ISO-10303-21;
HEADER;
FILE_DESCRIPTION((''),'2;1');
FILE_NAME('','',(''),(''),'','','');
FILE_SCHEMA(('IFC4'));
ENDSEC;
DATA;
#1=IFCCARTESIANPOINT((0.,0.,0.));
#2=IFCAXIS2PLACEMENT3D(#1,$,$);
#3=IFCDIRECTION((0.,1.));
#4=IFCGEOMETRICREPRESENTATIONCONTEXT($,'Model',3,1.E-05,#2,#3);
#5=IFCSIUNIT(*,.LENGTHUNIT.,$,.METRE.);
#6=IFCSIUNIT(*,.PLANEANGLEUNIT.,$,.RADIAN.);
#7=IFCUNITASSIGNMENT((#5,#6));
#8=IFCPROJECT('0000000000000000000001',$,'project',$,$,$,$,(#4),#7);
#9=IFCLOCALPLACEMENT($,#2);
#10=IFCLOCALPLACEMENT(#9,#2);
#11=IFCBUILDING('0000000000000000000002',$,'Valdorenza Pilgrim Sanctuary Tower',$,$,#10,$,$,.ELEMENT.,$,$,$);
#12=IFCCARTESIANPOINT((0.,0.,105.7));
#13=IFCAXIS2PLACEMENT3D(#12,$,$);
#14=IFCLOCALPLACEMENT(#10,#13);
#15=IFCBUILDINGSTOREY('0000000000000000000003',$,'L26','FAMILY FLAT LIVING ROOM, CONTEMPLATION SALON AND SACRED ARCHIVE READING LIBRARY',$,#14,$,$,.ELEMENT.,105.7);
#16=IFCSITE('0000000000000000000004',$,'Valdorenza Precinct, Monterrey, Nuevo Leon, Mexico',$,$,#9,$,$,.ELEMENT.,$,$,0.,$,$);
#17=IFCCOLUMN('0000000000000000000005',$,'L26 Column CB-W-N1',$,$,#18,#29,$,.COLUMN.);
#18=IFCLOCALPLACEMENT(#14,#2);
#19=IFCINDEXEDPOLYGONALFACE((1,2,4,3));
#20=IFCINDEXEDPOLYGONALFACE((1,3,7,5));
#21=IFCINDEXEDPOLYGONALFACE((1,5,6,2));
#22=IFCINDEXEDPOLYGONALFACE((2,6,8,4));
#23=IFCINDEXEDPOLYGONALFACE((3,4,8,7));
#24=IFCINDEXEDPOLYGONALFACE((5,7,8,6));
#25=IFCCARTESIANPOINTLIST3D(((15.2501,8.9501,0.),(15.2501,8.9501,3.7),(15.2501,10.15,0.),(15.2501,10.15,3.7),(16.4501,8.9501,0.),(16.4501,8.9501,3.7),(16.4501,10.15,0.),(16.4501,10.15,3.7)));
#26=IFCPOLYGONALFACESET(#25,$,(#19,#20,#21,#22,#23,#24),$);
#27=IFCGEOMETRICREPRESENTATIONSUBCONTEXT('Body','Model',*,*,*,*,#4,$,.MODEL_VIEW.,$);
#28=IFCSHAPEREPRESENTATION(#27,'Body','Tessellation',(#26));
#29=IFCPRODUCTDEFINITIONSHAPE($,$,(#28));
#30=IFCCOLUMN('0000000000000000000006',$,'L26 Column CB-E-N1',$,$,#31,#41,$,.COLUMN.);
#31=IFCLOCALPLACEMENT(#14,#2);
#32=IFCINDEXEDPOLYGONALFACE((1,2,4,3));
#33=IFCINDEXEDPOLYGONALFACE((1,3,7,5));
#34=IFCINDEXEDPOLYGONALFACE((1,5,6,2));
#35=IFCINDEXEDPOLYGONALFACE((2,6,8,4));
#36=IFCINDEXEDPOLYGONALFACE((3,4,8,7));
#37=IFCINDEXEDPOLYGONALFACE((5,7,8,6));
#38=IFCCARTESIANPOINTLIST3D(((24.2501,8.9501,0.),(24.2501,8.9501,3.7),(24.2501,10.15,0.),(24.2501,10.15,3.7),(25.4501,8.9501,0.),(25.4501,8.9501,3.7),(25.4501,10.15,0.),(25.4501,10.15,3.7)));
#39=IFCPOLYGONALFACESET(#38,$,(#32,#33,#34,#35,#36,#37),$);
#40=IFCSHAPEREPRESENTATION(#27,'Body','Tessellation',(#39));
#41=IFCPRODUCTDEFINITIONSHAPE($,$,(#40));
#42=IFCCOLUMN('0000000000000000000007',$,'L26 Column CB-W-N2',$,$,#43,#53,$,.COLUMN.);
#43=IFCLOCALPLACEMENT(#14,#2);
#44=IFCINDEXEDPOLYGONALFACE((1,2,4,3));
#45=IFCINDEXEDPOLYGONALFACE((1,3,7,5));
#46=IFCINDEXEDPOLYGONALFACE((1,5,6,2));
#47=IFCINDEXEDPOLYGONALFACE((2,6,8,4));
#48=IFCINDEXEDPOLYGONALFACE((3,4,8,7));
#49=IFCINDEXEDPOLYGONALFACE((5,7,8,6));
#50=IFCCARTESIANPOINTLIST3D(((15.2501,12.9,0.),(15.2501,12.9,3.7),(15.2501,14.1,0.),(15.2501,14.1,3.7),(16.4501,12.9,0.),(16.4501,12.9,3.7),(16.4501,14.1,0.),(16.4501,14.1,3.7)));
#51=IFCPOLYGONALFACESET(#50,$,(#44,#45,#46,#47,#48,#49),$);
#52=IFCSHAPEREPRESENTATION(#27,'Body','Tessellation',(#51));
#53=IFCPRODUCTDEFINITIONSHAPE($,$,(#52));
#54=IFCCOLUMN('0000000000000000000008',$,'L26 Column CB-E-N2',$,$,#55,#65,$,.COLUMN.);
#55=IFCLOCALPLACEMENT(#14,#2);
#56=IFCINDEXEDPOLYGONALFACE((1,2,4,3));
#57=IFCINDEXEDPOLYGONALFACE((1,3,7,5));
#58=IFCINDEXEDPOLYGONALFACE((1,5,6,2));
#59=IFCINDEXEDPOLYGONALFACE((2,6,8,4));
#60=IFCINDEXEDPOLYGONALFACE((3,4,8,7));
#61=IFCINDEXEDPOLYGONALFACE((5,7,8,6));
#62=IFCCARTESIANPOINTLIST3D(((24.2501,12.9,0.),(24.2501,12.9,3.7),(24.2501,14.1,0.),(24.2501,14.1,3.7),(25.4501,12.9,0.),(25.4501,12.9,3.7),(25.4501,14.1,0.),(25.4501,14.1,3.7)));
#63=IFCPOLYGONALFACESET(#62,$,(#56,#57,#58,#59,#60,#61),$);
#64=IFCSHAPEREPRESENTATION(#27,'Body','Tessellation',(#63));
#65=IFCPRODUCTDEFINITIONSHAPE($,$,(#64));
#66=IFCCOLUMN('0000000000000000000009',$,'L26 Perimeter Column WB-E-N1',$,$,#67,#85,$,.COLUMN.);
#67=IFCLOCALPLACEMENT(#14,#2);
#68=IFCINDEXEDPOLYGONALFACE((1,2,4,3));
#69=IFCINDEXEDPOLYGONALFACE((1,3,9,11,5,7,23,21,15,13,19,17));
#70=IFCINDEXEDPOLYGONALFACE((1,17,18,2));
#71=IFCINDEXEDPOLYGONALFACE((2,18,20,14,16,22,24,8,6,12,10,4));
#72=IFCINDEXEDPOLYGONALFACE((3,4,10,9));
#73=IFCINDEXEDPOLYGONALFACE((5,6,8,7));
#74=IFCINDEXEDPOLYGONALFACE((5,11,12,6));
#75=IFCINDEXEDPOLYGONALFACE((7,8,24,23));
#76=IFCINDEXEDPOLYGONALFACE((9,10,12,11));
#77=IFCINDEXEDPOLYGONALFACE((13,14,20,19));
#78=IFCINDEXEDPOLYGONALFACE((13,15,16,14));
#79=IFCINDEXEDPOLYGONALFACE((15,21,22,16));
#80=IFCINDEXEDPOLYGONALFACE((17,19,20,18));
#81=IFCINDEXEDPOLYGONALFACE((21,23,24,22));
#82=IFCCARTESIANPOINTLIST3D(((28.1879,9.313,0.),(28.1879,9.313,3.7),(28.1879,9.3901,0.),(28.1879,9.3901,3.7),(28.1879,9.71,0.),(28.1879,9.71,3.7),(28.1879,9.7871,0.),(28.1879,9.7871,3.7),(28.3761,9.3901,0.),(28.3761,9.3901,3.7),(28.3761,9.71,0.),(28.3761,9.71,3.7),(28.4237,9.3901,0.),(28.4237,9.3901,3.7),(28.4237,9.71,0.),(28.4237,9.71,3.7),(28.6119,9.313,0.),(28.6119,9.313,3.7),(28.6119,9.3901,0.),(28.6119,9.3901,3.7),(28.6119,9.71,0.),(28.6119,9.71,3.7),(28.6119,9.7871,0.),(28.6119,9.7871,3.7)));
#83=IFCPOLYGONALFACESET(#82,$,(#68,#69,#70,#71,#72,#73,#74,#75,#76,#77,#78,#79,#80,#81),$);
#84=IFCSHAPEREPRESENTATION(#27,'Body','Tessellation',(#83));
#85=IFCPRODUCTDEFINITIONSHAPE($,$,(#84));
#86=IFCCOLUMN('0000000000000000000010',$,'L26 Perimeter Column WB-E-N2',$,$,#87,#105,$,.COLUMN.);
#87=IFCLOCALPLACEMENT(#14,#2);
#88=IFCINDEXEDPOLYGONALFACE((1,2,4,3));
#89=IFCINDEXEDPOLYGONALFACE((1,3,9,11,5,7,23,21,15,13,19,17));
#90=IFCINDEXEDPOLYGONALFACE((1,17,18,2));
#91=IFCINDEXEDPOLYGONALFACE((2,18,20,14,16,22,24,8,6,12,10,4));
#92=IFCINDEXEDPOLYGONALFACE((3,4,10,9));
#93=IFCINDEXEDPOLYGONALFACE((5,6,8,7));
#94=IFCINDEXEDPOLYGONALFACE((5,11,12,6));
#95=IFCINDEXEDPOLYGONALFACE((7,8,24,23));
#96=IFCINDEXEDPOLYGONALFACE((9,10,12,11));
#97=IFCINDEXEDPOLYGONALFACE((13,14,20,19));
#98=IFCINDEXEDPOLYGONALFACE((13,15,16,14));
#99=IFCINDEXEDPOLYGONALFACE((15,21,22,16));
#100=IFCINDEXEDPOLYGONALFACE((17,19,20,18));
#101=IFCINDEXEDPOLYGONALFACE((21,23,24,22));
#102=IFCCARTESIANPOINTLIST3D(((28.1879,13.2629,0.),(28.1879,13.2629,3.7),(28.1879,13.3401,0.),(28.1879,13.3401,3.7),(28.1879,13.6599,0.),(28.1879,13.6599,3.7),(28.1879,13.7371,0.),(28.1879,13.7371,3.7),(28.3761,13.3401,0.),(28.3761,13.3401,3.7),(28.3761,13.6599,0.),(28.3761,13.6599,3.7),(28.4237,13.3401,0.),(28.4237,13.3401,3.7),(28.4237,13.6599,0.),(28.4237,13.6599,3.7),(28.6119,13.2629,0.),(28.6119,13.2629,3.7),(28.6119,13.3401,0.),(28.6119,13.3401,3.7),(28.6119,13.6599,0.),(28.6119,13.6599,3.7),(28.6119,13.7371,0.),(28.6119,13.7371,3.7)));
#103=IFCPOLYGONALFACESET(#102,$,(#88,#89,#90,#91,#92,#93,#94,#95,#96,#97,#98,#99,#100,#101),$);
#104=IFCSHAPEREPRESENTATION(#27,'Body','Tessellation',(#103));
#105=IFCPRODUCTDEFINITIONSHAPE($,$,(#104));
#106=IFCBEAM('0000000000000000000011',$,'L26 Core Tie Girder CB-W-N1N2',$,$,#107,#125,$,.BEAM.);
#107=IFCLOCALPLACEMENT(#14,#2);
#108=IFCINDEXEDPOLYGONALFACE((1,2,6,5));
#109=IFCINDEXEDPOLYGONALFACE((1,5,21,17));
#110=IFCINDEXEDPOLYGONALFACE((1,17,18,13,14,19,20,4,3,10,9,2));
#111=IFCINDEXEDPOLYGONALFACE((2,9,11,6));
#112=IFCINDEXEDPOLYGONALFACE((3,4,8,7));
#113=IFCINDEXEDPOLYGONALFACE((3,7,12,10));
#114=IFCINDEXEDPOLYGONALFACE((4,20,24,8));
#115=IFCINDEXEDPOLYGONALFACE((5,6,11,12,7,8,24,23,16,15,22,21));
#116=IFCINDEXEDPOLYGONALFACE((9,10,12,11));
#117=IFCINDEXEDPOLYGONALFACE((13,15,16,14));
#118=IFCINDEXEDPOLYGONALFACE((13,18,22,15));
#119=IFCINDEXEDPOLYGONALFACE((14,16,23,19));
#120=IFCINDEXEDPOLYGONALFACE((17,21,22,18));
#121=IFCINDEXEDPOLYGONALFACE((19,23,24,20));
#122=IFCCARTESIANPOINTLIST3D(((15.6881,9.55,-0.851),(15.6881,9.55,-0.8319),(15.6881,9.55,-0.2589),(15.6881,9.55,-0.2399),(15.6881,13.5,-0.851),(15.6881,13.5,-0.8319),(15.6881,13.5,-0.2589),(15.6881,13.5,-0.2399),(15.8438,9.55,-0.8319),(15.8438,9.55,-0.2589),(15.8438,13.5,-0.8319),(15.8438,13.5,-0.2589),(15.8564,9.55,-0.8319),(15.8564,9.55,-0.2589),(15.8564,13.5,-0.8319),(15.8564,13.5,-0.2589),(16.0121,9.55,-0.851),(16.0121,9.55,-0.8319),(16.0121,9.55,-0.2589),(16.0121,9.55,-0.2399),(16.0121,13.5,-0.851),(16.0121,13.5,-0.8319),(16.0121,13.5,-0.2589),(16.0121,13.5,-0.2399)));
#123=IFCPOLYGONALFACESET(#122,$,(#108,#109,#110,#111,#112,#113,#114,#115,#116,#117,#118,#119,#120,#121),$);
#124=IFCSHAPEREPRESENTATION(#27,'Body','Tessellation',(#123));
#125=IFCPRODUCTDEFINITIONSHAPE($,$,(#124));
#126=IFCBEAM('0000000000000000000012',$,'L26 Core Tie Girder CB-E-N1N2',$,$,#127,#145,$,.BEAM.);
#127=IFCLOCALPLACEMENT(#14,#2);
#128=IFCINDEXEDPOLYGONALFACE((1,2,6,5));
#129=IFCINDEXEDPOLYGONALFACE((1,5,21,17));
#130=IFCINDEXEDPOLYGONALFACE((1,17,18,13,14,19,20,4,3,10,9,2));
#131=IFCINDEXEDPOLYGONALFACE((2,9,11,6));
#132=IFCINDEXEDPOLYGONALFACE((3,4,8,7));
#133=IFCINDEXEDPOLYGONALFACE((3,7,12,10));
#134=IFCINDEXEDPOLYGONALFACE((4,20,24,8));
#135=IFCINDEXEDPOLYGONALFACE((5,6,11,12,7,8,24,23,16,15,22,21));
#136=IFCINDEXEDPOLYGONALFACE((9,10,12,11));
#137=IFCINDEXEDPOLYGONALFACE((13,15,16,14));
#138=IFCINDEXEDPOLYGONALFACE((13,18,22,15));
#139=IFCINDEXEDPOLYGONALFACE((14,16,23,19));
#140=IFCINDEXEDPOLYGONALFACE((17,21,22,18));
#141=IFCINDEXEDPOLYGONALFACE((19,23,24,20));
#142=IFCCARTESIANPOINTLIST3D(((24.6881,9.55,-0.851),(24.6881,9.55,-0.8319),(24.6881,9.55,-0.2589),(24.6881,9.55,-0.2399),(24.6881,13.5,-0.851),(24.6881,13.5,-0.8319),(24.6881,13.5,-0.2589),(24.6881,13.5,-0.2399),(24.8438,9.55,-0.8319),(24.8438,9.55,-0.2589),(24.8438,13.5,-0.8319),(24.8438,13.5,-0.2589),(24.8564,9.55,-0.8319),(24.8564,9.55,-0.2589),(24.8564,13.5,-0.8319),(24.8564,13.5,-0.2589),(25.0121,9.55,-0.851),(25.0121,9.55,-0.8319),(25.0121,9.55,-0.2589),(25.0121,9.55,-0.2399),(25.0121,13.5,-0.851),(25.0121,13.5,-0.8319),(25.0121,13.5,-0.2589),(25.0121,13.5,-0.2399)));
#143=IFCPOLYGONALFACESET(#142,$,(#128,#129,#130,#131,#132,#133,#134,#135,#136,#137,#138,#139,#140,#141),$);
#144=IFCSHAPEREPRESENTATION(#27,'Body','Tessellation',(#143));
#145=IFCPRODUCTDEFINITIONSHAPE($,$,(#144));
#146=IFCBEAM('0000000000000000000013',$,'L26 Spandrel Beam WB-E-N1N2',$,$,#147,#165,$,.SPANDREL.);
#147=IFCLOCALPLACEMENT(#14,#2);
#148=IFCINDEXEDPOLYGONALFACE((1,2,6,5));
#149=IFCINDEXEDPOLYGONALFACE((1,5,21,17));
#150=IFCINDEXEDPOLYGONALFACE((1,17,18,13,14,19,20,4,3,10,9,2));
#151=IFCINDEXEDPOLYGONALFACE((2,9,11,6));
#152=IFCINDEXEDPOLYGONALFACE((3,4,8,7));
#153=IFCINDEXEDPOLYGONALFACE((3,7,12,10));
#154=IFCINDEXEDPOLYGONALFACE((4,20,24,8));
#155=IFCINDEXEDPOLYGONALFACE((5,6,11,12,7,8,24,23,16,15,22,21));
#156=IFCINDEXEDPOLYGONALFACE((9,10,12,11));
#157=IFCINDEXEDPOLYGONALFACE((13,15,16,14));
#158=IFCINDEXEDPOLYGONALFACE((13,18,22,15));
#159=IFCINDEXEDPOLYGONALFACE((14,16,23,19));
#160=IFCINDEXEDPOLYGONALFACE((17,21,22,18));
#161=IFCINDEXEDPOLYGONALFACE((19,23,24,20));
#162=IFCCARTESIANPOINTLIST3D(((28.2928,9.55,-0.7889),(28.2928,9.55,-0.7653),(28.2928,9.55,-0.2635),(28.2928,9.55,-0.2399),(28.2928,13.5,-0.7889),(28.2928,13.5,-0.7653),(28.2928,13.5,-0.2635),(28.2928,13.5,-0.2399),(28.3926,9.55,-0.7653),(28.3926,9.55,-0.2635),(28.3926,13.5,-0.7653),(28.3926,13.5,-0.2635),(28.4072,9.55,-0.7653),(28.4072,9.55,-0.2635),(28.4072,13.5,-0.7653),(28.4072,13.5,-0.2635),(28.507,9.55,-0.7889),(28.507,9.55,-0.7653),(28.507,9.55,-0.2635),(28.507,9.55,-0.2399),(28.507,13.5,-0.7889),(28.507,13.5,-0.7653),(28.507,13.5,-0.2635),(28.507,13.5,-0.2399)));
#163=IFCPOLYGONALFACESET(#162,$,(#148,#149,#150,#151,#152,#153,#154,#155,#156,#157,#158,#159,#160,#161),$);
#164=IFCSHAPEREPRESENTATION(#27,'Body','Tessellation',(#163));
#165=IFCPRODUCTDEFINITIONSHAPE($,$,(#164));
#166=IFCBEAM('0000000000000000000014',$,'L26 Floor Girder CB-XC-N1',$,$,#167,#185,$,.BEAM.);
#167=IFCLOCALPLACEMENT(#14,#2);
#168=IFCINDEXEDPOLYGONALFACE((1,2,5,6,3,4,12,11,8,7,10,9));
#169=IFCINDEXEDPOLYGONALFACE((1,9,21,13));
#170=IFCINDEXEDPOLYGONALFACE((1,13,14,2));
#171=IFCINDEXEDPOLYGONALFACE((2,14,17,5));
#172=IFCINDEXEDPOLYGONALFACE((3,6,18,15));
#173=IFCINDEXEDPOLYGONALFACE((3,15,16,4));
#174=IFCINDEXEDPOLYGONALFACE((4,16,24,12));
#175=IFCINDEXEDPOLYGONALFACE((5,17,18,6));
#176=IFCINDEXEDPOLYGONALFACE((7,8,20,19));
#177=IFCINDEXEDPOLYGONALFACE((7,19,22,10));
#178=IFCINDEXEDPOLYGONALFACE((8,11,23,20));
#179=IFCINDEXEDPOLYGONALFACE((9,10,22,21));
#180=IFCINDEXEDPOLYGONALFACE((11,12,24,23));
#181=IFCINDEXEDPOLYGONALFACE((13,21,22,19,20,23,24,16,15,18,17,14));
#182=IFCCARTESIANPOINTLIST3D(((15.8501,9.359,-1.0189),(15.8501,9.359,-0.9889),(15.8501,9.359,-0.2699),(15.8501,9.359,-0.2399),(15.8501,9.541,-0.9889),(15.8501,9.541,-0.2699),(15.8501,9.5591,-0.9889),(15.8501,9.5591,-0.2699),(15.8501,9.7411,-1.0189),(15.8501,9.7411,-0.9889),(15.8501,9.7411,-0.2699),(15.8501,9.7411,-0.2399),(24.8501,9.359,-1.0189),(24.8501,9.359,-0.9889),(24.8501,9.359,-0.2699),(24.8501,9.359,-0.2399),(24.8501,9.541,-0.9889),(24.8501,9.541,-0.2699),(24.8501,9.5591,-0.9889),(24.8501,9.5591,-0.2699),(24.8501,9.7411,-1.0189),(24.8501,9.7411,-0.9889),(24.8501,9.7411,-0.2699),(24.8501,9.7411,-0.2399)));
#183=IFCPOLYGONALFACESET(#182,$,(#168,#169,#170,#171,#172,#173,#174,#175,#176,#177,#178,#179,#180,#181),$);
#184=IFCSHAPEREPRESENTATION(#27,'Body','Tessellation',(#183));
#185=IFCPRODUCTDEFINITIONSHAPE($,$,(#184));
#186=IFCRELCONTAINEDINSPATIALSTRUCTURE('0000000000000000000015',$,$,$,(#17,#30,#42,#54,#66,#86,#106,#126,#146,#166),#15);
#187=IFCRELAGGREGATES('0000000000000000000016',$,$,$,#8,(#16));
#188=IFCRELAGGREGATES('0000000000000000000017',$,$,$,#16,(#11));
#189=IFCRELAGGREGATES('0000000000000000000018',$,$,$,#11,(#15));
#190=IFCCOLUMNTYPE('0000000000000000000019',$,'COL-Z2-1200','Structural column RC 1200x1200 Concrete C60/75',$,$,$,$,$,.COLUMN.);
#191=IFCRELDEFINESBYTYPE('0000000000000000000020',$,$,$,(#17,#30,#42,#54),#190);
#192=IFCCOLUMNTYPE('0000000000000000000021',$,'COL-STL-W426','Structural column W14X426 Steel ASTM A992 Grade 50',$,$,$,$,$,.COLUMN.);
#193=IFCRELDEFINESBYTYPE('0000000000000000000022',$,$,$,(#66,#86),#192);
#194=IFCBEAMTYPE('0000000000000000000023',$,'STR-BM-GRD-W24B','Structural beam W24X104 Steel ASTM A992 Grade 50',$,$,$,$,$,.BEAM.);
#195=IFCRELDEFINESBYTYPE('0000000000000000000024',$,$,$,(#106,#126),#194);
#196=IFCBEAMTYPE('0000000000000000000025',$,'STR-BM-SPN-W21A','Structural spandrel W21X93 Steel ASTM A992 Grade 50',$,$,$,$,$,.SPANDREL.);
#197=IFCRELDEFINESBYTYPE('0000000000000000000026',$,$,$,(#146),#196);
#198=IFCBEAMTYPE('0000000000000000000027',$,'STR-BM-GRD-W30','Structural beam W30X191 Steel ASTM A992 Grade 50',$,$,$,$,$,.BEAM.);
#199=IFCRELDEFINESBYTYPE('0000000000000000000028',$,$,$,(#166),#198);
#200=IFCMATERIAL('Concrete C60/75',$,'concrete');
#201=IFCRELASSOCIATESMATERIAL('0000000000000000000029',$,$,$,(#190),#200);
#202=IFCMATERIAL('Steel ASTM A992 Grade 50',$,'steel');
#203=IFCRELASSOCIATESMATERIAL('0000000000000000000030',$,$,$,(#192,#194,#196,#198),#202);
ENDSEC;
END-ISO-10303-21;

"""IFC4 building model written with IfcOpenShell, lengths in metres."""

from ifc_helpers import new_model, si_unit, direction, frame, origin, origin_2d, place, context, subcontext, project, spatial, rectangle, i_section, extrude, source, transform, mapped, material, material_profile, profile_set, type_object, element, save


model = new_model("IFC4")

# Units and contexts
model_context = context("Model", 3, precision=1e-05, world=origin(), true_north=direction((0.0, 1.0)))
body_context = subcontext(model_context, "Body", "Model", "MODEL_VIEW")
ifc_project = project(units=[si_unit("LENGTHUNIT", "METRE"), si_unit("PLANEANGLEUNIT", "RADIAN")], contexts=[model_context])

# Site, building, storey
site_placement = place(None, origin())
site = spatial("IfcSite", under=ifc_project, at=site_placement, Name="Valdorenza Precinct, Monterrey, Nuevo Leon, Mexico", CompositionType="ELEMENT", RefElevation=0.0)
building_placement = place(site_placement, origin())
building = spatial("IfcBuilding", under=site, at=building_placement, Name="Valdorenza Pilgrim Sanctuary Tower", CompositionType="ELEMENT")
storey_placement = place(building_placement, frame((0.0, 0.0, 105.7)))
storey = spatial("IfcBuildingStorey", under=building, at=storey_placement, Name="L26", Description="FAMILY FLAT LIVING ROOM, CONTEMPLATION SALON AND SACRED ARCHIVE READING LIBRARY", CompositionType="ELEMENT", Elevation=105.7)

# Columns
ifc_material_1 = material(Name="Concrete C60/75", Category="concrete")
ifc_material_profile_1 = material_profile(ifc_material_1, rectangle(XDim=1.2, YDim=1.2, at=origin_2d()), Name="RC 1200x1200")
ifc_profile_set_1 = profile_set([ifc_material_profile_1], Name="Concrete C60/75")
column_type_1 = type_object("IfcColumnType", Name="COL-Z2-1200", Description="Structural column RC 1200x1200 Concrete C60/75", PredefinedType="COLUMN", material=ifc_profile_set_1)
shared_shape_1 = source(origin(), body_context, "Body", "SweptSolid", [
    extrude(rectangle(XDim=1.2, YDim=1.2, at=origin_2d()), origin(), (0.0, 0.0, 1.0), 3.7),
])
for number, where, z_axis, x_axis, name in (
    (1, (15.8501, 9.55, 0.0), (0.0, 0.0, 1.0), (1.0, 0.0, 0.0), "L26 Column CB-W-N1"),
    (2, (24.8501, 9.55, 0.0), (0.0, 0.0, 1.0), (1.0, 0.0, 0.0), "L26 Column CB-E-N1"),
    (3, (15.8501, 13.5, 0.0), (0.0, 0.0, 1.0), (1.0, 0.0, 0.0), "L26 Column CB-W-N2"),
    (4, (24.8501, 13.5, 0.0), (0.0, 0.0, 1.0), (1.0, 0.0, 0.0), "L26 Column CB-E-N2"),
):
    element("IfcColumn", number, at=place(storey_placement, frame(where, z_axis=z_axis, x_axis=x_axis)), inside=storey, type_object=column_type_1, Name=name, PredefinedType="COLUMN", context=body_context, shape_type="MappedRepresentation", body=[
        mapped(shared_shape_1, transform((0.0, 0.0, 0.0), x_axis=(1.0, 0.0, 0.0), y_axis=(0.0, 1.0, 0.0), z_axis=(0.0, 0.0, 1.0), scale=1.0)),
    ])
ifc_material_2 = material(Name="Steel ASTM A992 Grade 50", Category="steel")
ifc_material_profile_2 = material_profile(ifc_material_2, i_section(OverallWidth=0.4241, OverallDepth=0.4741, WebThickness=0.0476, FlangeThickness=0.0771, at=origin_2d()), Name="W14X426")
ifc_profile_set_2 = profile_set([ifc_material_profile_2], Name="Steel ASTM A992 Grade 50")
column_type_2 = type_object("IfcColumnType", Name="COL-STL-W426", Description="Structural column W14X426 Steel ASTM A992 Grade 50", PredefinedType="COLUMN", material=ifc_profile_set_2)
shared_shape_2 = source(origin(), body_context, "Body", "SweptSolid", [
    extrude(i_section(OverallWidth=0.4241, OverallDepth=0.4741, WebThickness=0.0476, FlangeThickness=0.0771, at=origin_2d()), origin(), (0.0, 0.0, 1.0), 3.7),
])
for number, where, z_axis, x_axis, name in (
    (5, (28.3999, 9.55, 0.0), (0.0, 0.0, 1.0), (1.0, 0.0, 0.0), "L26 Perimeter Column WB-E-N1"),
    (6, (28.3999, 13.5, 0.0), (0.0, 0.0, 1.0), (1.0, 0.0, 0.0), "L26 Perimeter Column WB-E-N2"),
):
    element("IfcColumn", number, at=place(storey_placement, frame(where, z_axis=z_axis, x_axis=x_axis)), inside=storey, type_object=column_type_2, Name=name, PredefinedType="COLUMN", context=body_context, shape_type="MappedRepresentation", body=[
        mapped(shared_shape_2, transform((0.0, 0.0, 0.0), x_axis=(1.0, 0.0, 0.0), y_axis=(0.0, 1.0, 0.0), z_axis=(0.0, 0.0, 1.0), scale=1.0)),
    ])

# Beams
ifc_material_profile_3 = material_profile(ifc_material_2, i_section(OverallWidth=0.324, OverallDepth=0.6111, WebThickness=0.0127, FlangeThickness=0.019, at=origin_2d()), Name="W24X104")
ifc_profile_set_3 = profile_set([ifc_material_profile_3], Name="Steel ASTM A992 Grade 50")
beam_type_1 = type_object("IfcBeamType", Name="STR-BM-GRD-W24B", Description="Structural beam W24X104 Steel ASTM A992 Grade 50", PredefinedType="BEAM", material=ifc_profile_set_3)
shared_shape_3 = source(origin(), body_context, "Body", "SweptSolid", [
    extrude(i_section(OverallWidth=0.324, OverallDepth=0.6111, WebThickness=0.0127, FlangeThickness=0.019, at=origin_2d()), origin(), (0.0, 0.0, 1.0), 3.95),
])
for number, where, z_axis, x_axis, name in (
    (7, (15.8501, 9.55, -0.5454), (0.0, 1.0, 0.0), (-1.0, 0.0, 0.0), "L26 Core Tie Girder CB-W-N1N2"),
    (8, (24.8501, 9.55, -0.5454), (0.0, 1.0, 0.0), (-1.0, 0.0, 0.0), "L26 Core Tie Girder CB-E-N1N2"),
):
    element("IfcBeam", number, at=place(storey_placement, frame(where, z_axis=z_axis, x_axis=x_axis)), inside=storey, type_object=beam_type_1, Name=name, PredefinedType="BEAM", context=body_context, shape_type="MappedRepresentation", body=[
        mapped(shared_shape_3, transform((0.0, 0.0, 0.0), x_axis=(1.0, 0.0, 0.0), y_axis=(0.0, 1.0, 0.0), z_axis=(0.0, 0.0, 1.0), scale=1.0)),
    ])
ifc_material_profile_4 = material_profile(ifc_material_2, i_section(OverallWidth=0.2141, OverallDepth=0.5491, WebThickness=0.0146, FlangeThickness=0.0237, at=origin_2d()), Name="W21X93")
ifc_profile_set_4 = profile_set([ifc_material_profile_4], Name="Steel ASTM A992 Grade 50")
beam_type_2 = type_object("IfcBeamType", Name="STR-BM-SPN-W21A", Description="Structural spandrel W21X93 Steel ASTM A992 Grade 50", PredefinedType="SPANDREL", material=ifc_profile_set_4)
shared_shape_4 = source(origin(), body_context, "Body", "SweptSolid", [
    extrude(i_section(OverallWidth=0.2141, OverallDepth=0.5491, WebThickness=0.0146, FlangeThickness=0.0237, at=origin_2d()), origin(), (0.0, 0.0, 1.0), 3.95),
])
beam_placement = place(storey_placement, frame((28.3999, 9.55, -0.5144), z_axis=(0.0, 1.0, 0.0), x_axis=(-1.0, 0.0, 0.0)))
element("IfcBeam", 9, at=beam_placement, inside=storey, type_object=beam_type_2, Name="L26 Spandrel Beam WB-E-N1N2", PredefinedType="SPANDREL", context=body_context, shape_type="MappedRepresentation", body=[
    mapped(shared_shape_4, transform((0.0, 0.0, 0.0), x_axis=(1.0, 0.0, 0.0), y_axis=(0.0, 1.0, 0.0), z_axis=(0.0, 0.0, 1.0), scale=1.0)),
])
ifc_material_profile_5 = material_profile(ifc_material_2, i_section(OverallWidth=0.3821, OverallDepth=0.7791, WebThickness=0.0181, FlangeThickness=0.03, at=origin_2d()), Name="W30X191")
ifc_profile_set_5 = profile_set([ifc_material_profile_5], Name="Steel ASTM A992 Grade 50")
beam_type_3 = type_object("IfcBeamType", Name="STR-BM-GRD-W30", Description="Structural beam W30X191 Steel ASTM A992 Grade 50", PredefinedType="BEAM", material=ifc_profile_set_5)
shared_shape_5 = source(origin(), body_context, "Body", "SweptSolid", [
    extrude(i_section(OverallWidth=0.3821, OverallDepth=0.7791, WebThickness=0.0181, FlangeThickness=0.03, at=origin_2d()), origin(), (0.0, 0.0, 1.0), 9.0),
])
for number, where, z_axis, x_axis, name in (
    (10, (15.8501, 9.55, -0.6294), (1.0, 0.0, 0.0), (0.0, 1.0, 0.0), "L26 Floor Girder CB-XC-N1"),
):
    element("IfcBeam", number, at=place(storey_placement, frame(where, z_axis=z_axis, x_axis=x_axis)), inside=storey, type_object=beam_type_3, Name=name, PredefinedType="BEAM", context=body_context, shape_type="MappedRepresentation", body=[
        mapped(shared_shape_5, transform((0.0, 0.0, 0.0), x_axis=(1.0, 0.0, 0.0), y_axis=(0.0, 1.0, 0.0), z_axis=(0.0, 0.0, 1.0), scale=1.0)),
    ])

save(model, "model.ifc")
